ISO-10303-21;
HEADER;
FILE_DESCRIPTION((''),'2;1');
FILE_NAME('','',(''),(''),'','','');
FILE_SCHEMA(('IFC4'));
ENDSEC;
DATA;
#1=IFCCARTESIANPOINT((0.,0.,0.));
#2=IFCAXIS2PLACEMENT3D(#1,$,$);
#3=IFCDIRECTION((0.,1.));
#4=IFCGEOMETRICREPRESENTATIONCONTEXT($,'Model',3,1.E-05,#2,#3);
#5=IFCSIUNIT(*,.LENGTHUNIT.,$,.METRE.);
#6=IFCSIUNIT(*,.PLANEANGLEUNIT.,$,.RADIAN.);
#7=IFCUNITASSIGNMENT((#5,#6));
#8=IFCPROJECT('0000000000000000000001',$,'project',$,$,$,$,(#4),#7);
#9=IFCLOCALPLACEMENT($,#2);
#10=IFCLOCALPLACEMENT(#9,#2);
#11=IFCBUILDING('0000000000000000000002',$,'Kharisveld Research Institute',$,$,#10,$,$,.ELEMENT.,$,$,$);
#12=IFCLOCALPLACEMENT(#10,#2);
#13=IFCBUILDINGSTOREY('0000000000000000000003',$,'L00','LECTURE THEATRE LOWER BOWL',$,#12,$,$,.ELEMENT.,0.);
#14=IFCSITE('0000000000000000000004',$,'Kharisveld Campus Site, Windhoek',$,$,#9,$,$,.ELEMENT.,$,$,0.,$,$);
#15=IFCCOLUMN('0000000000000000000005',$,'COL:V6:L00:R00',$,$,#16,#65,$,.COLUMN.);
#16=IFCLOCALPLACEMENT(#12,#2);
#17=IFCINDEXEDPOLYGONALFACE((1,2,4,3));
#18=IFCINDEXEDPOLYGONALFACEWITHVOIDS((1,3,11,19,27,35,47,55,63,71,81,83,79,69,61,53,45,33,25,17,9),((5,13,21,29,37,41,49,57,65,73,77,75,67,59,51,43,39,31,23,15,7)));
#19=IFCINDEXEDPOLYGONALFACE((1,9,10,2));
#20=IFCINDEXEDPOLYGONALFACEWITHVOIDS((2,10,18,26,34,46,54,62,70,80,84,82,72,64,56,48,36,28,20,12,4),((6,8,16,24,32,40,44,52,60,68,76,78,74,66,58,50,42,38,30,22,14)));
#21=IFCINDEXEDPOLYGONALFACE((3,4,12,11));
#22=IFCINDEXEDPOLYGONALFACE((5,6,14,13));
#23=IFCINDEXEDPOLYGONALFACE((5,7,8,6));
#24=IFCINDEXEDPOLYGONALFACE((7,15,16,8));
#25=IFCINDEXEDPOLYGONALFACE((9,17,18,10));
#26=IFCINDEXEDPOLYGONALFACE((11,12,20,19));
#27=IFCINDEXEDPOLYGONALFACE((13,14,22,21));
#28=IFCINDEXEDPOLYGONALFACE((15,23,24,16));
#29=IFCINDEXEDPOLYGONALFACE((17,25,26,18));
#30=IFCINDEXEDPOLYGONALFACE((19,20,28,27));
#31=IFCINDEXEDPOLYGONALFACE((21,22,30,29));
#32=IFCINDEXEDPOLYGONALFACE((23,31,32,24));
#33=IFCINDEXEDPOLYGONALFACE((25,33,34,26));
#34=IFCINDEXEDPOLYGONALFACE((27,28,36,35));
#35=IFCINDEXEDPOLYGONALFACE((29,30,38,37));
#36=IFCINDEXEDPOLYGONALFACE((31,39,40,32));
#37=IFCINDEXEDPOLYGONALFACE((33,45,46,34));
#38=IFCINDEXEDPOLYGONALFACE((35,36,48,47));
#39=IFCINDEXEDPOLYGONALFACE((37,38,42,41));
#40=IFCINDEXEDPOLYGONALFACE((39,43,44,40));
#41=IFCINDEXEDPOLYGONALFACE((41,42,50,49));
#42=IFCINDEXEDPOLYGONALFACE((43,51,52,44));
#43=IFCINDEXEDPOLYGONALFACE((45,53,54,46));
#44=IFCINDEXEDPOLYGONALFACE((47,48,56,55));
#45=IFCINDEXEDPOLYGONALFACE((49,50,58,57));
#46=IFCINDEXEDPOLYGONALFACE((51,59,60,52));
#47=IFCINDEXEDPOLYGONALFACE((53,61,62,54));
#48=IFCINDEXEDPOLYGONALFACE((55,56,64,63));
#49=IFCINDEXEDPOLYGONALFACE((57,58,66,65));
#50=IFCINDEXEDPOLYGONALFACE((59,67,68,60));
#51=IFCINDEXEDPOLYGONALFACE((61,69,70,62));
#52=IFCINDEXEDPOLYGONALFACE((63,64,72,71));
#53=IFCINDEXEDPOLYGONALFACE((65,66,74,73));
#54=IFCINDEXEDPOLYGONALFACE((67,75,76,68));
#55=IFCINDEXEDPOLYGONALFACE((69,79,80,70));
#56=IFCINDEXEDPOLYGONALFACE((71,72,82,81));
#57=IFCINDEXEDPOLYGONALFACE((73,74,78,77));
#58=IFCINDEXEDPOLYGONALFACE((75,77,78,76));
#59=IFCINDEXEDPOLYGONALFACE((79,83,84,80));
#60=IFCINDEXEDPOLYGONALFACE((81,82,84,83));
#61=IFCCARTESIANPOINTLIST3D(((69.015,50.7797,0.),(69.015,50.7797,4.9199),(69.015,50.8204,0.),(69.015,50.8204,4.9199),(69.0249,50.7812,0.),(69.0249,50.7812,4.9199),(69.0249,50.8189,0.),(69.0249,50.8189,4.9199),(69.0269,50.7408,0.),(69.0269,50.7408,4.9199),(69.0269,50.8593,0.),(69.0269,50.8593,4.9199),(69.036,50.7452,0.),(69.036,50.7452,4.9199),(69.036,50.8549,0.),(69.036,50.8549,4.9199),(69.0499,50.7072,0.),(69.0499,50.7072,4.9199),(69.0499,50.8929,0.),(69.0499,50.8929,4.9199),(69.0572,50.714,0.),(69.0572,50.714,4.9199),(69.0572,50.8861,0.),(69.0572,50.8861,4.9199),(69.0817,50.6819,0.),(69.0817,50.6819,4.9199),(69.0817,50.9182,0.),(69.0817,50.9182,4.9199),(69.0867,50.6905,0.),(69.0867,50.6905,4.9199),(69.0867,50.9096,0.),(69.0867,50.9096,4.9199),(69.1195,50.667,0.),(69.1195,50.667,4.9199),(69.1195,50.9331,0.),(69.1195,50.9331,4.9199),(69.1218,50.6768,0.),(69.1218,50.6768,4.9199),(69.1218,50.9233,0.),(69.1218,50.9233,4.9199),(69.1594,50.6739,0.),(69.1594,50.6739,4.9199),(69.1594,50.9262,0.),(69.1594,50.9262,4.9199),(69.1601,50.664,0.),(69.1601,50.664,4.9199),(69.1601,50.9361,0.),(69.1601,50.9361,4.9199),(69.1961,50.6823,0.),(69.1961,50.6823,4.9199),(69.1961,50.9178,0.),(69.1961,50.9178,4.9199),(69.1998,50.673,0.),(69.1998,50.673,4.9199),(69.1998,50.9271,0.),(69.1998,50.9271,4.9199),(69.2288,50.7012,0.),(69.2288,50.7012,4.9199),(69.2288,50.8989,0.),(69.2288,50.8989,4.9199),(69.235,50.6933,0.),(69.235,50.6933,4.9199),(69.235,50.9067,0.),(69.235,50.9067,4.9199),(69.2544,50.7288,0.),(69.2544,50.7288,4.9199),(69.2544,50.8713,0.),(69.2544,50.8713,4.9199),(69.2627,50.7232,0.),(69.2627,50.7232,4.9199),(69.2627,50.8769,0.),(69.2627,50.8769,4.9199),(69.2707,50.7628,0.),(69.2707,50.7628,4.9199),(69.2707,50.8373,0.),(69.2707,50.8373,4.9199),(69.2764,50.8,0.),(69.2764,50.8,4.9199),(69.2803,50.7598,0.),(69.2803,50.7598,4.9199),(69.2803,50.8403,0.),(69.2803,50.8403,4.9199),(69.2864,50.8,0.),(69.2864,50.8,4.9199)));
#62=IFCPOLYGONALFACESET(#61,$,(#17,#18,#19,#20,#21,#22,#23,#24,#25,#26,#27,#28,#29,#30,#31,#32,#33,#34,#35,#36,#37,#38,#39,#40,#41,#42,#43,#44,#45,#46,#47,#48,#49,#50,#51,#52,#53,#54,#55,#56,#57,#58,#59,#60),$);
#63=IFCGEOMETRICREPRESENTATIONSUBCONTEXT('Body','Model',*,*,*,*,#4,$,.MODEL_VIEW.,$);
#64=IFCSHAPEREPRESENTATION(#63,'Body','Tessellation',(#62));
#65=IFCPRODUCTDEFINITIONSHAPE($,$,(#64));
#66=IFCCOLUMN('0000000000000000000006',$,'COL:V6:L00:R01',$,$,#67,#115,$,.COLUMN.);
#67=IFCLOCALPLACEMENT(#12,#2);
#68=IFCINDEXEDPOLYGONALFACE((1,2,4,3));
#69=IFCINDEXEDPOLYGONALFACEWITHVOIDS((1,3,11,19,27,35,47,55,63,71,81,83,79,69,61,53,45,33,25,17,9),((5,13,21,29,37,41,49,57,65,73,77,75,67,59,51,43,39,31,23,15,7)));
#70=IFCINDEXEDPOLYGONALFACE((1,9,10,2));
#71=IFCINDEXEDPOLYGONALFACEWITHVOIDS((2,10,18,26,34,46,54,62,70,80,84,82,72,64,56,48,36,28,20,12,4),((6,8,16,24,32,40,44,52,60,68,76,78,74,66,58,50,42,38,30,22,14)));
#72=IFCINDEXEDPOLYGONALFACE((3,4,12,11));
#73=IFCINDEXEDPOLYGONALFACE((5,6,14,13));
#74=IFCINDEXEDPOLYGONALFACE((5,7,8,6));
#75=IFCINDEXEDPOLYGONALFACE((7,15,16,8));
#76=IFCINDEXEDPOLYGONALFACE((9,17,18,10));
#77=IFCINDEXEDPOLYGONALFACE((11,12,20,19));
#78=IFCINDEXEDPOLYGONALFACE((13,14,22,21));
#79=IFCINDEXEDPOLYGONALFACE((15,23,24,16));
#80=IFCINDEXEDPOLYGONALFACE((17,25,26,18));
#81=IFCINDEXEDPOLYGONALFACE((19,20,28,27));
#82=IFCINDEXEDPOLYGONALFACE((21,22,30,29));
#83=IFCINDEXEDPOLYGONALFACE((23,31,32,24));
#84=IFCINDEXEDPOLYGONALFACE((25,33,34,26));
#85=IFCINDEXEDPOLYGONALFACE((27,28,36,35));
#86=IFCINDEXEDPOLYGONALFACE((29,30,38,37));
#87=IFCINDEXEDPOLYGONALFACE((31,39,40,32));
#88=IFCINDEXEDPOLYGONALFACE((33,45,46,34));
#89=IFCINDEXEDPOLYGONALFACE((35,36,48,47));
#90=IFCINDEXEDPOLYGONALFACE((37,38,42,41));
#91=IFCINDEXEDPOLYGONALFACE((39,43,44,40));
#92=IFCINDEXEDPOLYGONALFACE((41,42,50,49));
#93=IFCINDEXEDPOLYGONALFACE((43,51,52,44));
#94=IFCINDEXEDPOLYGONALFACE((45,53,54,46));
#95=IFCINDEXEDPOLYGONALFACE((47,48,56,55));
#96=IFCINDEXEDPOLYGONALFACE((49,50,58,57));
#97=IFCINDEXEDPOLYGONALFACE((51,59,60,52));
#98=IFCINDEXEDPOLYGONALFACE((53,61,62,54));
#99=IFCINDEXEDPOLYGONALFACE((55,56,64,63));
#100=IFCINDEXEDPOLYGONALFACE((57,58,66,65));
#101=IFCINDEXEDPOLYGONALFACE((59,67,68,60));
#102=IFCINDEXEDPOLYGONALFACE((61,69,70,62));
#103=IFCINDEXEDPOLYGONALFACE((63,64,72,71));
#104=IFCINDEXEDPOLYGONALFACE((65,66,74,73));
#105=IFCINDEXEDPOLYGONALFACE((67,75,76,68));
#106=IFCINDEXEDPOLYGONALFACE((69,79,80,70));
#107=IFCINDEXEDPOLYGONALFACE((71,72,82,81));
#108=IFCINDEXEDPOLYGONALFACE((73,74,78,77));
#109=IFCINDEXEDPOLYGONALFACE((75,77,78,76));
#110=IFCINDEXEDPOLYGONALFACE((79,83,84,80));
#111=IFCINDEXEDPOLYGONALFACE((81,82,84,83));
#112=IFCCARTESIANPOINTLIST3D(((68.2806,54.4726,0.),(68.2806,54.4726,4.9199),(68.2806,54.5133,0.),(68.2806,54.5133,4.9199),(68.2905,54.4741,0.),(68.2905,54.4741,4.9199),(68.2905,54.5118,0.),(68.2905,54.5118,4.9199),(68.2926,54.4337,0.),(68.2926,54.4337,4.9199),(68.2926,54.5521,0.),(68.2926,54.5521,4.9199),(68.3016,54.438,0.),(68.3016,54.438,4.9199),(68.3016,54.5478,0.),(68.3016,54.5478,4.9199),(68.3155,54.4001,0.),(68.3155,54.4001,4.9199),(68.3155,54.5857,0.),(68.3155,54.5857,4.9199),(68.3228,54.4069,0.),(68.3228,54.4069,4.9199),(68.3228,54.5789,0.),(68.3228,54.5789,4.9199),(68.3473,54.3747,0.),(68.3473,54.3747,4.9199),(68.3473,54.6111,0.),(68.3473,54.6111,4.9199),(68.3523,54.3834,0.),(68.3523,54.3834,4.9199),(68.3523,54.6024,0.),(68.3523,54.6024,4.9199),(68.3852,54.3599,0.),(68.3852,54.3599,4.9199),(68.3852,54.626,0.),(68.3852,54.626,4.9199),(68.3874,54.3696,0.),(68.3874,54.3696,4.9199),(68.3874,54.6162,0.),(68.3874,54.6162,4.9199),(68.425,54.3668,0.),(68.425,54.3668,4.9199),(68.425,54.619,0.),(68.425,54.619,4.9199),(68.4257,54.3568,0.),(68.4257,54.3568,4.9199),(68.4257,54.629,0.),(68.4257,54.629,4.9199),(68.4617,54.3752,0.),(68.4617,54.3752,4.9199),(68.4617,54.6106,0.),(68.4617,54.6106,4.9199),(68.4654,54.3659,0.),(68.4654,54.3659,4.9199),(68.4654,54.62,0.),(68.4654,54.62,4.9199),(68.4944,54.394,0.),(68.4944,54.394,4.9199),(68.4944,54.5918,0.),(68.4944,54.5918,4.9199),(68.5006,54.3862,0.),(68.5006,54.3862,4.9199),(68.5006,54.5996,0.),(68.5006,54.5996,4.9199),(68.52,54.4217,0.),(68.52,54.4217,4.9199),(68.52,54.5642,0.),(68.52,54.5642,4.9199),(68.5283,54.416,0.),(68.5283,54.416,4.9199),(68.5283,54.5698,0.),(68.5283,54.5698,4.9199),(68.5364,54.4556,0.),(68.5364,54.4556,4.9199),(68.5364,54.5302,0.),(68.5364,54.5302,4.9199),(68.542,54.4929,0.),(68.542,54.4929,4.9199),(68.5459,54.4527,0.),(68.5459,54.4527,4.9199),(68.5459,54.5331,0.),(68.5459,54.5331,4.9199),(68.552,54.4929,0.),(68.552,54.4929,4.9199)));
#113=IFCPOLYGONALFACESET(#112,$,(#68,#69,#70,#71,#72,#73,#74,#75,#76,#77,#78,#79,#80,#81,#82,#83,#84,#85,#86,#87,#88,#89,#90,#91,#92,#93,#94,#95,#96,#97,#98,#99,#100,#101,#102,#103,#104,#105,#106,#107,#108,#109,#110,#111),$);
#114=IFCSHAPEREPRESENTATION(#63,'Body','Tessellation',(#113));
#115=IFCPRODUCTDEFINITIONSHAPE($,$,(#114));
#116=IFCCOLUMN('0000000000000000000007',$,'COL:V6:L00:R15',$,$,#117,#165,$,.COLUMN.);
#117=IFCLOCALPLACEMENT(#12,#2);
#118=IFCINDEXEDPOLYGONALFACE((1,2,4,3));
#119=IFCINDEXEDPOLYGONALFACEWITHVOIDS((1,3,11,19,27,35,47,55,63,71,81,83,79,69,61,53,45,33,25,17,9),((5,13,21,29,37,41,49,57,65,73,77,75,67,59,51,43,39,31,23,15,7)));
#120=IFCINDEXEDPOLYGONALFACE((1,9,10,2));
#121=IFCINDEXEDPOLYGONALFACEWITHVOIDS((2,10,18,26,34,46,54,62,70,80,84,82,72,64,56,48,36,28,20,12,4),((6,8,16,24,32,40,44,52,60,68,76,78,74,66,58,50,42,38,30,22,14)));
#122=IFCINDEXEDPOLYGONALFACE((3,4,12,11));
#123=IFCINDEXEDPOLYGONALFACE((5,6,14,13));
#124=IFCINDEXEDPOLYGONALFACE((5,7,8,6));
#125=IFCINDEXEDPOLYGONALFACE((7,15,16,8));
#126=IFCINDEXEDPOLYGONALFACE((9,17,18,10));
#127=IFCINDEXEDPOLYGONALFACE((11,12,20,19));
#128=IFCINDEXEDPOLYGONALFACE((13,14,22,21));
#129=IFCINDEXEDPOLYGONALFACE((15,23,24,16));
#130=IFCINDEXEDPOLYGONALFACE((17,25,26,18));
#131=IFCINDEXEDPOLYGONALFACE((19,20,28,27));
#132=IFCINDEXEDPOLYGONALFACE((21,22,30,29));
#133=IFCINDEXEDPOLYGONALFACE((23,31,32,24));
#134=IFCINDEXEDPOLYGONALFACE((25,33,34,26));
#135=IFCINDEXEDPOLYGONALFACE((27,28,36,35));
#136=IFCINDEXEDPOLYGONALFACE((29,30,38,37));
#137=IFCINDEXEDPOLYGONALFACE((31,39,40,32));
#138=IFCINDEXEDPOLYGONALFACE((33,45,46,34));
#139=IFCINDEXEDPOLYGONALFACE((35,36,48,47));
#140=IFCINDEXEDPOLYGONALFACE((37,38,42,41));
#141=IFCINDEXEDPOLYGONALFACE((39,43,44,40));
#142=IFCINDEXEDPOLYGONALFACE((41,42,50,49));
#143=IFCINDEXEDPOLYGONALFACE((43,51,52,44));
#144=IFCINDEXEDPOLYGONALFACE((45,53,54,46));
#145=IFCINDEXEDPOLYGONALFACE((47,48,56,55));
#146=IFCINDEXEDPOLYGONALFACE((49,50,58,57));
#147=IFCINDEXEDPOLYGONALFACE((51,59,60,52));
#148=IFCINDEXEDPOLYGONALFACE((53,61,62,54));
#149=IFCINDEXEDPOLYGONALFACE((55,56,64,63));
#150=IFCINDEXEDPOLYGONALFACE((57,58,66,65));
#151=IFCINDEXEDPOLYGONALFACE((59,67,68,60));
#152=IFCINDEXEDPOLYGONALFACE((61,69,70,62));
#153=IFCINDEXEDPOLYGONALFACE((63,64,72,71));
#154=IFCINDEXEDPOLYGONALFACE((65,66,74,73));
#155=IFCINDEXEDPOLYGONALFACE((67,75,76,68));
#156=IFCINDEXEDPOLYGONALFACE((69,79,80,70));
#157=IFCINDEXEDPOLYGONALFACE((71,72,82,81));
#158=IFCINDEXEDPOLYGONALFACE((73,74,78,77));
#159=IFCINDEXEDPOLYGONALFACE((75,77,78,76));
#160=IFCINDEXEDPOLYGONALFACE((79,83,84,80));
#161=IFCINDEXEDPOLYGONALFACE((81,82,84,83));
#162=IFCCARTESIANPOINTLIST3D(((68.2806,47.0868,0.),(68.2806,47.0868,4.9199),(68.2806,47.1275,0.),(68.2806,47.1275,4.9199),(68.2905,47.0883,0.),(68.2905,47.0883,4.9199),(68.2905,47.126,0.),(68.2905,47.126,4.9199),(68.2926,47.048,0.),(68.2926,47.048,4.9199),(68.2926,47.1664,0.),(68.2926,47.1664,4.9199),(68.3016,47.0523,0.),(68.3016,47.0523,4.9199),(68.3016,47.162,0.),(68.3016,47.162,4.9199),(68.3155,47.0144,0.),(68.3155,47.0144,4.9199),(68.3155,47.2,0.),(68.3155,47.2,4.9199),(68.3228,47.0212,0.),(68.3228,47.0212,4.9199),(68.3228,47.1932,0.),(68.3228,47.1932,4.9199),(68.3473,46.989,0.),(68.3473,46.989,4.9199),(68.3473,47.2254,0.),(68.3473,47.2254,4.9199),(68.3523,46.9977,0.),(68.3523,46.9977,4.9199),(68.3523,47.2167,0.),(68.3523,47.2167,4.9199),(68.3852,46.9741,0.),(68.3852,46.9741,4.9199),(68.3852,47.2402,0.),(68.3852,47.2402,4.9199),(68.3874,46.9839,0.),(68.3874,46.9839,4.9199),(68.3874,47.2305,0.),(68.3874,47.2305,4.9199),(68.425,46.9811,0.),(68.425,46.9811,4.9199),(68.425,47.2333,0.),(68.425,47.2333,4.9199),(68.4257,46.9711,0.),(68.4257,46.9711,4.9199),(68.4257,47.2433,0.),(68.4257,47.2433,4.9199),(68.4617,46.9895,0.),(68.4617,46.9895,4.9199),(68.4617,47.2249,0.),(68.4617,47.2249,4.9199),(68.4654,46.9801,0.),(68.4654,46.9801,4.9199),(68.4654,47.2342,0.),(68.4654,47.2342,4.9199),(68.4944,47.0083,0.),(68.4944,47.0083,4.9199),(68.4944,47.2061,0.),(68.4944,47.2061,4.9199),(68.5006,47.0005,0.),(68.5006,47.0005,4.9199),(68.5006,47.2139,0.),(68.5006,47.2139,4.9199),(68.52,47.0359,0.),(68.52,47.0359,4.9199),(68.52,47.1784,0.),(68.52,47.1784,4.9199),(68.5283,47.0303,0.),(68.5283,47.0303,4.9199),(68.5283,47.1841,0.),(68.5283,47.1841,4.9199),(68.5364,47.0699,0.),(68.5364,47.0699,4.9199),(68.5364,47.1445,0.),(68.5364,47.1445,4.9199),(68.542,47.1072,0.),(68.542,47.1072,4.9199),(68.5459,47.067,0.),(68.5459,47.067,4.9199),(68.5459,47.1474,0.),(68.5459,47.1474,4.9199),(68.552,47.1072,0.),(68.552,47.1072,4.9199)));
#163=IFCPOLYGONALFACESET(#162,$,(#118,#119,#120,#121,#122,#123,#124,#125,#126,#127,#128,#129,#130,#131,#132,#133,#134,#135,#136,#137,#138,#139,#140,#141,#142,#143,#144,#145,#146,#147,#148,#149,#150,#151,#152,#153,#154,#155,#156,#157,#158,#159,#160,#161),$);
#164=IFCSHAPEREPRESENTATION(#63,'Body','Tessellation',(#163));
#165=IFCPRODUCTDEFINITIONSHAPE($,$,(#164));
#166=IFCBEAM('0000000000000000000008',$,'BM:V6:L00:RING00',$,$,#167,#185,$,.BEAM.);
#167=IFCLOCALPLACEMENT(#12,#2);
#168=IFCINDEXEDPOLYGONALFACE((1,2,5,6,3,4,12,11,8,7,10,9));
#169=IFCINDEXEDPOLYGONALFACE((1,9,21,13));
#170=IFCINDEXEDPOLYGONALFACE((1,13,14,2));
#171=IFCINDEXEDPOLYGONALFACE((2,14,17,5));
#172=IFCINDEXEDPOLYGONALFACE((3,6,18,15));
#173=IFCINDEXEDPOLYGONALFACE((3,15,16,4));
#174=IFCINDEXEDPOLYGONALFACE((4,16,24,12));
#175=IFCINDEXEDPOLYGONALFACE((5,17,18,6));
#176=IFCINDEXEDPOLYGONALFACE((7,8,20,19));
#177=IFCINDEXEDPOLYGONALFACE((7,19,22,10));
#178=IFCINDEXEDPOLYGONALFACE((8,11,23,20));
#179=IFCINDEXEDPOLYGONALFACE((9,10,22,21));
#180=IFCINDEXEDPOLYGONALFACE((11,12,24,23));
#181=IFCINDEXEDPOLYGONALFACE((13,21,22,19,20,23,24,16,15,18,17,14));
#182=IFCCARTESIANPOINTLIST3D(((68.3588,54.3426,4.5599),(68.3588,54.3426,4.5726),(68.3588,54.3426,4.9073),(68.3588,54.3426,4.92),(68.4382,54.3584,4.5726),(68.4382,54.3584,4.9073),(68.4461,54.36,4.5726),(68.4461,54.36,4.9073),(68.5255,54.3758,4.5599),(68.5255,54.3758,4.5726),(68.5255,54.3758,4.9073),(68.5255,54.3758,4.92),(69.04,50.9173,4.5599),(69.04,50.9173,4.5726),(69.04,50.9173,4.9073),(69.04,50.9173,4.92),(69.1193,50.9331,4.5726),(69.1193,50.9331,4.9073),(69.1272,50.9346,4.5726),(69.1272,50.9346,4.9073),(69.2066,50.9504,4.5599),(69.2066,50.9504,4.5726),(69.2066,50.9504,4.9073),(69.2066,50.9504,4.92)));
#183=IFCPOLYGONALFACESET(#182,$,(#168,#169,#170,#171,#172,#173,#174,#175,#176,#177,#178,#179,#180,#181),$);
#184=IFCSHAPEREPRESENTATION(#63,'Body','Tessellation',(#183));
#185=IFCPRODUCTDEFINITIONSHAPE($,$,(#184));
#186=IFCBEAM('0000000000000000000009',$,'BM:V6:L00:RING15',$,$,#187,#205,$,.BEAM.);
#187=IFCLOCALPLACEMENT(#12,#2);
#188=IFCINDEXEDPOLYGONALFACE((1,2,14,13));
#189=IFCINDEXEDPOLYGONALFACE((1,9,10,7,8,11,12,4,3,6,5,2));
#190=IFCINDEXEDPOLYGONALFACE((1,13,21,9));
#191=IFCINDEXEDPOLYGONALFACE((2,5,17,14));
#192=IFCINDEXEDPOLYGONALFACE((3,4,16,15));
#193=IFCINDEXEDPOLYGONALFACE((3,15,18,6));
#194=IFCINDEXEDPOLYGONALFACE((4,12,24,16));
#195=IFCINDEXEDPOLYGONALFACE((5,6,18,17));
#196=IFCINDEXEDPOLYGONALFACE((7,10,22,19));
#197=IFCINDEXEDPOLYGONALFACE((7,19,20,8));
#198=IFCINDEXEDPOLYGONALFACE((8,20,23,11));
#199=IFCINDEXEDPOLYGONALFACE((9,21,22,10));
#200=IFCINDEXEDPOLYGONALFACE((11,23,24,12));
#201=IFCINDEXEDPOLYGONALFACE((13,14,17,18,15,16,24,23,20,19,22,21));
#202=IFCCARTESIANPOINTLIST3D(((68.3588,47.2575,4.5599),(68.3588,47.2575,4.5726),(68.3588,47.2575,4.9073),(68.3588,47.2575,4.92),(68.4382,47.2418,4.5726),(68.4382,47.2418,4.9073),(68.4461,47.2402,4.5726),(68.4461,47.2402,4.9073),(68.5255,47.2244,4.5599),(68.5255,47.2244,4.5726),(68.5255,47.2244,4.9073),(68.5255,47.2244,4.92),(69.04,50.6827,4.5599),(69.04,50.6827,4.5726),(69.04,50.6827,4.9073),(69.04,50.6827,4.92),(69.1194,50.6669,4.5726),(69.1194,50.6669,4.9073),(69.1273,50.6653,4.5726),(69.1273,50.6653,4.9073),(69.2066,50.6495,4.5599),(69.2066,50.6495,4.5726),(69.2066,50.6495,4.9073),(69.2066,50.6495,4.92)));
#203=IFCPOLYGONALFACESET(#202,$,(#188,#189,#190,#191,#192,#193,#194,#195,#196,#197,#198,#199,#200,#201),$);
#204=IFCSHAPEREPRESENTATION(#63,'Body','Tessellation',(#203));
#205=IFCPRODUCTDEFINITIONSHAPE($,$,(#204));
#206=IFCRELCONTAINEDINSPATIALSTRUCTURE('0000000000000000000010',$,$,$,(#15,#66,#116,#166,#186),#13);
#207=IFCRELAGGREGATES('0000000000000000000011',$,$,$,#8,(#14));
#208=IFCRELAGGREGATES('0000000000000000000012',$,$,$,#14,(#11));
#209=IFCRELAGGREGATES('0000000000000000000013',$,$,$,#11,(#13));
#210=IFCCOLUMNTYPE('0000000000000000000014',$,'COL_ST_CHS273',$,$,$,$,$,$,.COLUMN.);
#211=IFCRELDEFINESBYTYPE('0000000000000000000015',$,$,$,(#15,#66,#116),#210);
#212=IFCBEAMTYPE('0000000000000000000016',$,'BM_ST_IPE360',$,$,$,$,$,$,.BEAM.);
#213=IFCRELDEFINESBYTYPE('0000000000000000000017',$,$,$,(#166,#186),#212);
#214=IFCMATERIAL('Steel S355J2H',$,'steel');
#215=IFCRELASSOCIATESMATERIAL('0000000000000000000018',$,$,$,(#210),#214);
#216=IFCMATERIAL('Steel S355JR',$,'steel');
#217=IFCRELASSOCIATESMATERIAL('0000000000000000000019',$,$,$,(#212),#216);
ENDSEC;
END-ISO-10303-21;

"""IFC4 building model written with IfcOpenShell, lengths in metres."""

from ifc_helpers import new_model, si_unit, direction, frame, origin, origin_2d, place, context, subcontext, project, spatial, hollow_circle, i_section, extrude, material, material_profile, profile_set, type_object, element, save


model = new_model("IFC4")

# Units and contexts
model_context = context("Model", 3, precision=1e-05, world=origin(), true_north=direction((0.0, 1.0)))
body_context = subcontext(model_context, "Body", "Model", "MODEL_VIEW")
ifc_project = project(units=[si_unit("LENGTHUNIT", "METRE"), si_unit("PLANEANGLEUNIT", "RADIAN")], contexts=[model_context])

# Site, building, storey
site_placement = place(None, origin())
site = spatial("IfcSite", under=ifc_project, at=site_placement, Name="Kharisveld Campus Site, Windhoek", CompositionType="ELEMENT", RefElevation=0.0)
building_placement = place(site_placement, origin())
building = spatial("IfcBuilding", under=site, at=building_placement, Name="Kharisveld Research Institute", CompositionType="ELEMENT")
storey_placement = place(building_placement, origin())
storey = spatial("IfcBuildingStorey", under=building, at=storey_placement, Name="L00", Description="LECTURE THEATRE LOWER BOWL", CompositionType="ELEMENT", Elevation=0.0)

# Columns
ifc_material_1 = material(Name="Steel S355J2H", Category="steel")
ifc_material_profile_1 = material_profile(ifc_material_1, hollow_circle(Radius=0.1365, WallThickness=0.01, at=origin_2d()))
ifc_profile_set_1 = profile_set([ifc_material_profile_1], Name="Steel S355J2H")
column_type = type_object("IfcColumnType", Name="COL_ST_CHS273", PredefinedType="COLUMN", material=ifc_profile_set_1)
for number, where, z_axis, x_axis, name in (
    (1, (69.1499, 50.8, 0.0), (0.0, 0.0, 1.0), (1.0, 0.0, 0.0), "COL:V6:L00:R00"),
    (2, (68.4155, 54.4929, 0.0), (0.0, 0.0, 1.0), (1.0, 0.0, 0.0), "COL:V6:L00:R01"),
    (3, (68.4155, 47.1072, 0.0), (0.0, 0.0, 1.0), (1.0, 0.0, 0.0), "COL:V6:L00:R15"),
):
    element("IfcColumn", number, at=place(storey_placement, frame(where, z_axis=z_axis, x_axis=x_axis)), inside=storey, type_object=column_type, Name=name, PredefinedType="COLUMN", context=body_context, shape_type="SweptSolid", body=[
        extrude(hollow_circle(Radius=0.1365, WallThickness=0.01, at=origin_2d()), origin(), (0.0, 0.0, 1.0), 4.9199),
    ])

# Beams
ifc_material_2 = material(Name="Steel S355JR", Category="steel")
ifc_material_profile_2 = material_profile(ifc_material_2, i_section(OverallWidth=0.1699, OverallDepth=0.3601, WebThickness=0.0081, FlangeThickness=0.0127, at=origin_2d()))
ifc_profile_set_2 = profile_set([ifc_material_profile_2], Name="Steel S355JR")
beam_type = type_object("IfcBeamType", Name="BM_ST_IPE360", PredefinedType="BEAM", material=ifc_profile_set_2)
beam_1_placement = place(storey_placement, frame((69.1233, 50.9338, 4.74), z_axis=(-0.195041, 0.980795, 0.0), x_axis=(-0.980795, -0.195041, 0.0)))
element("IfcBeam", 4, at=beam_1_placement, inside=storey, type_object=beam_type, Name="BM:V6:L00:RING00", PredefinedType="BEAM", context=body_context, shape_type="SweptSolid", body=[
    extrude(i_section(OverallWidth=0.1699, OverallDepth=0.3601, WebThickness=0.0081, FlangeThickness=0.0127, at=origin_2d()), origin(), (0.0, 0.0, 1.0), 3.4924),
])
beam_2_placement = place(storey_placement, frame((68.4421, 47.241, 4.74), z_axis=(0.195054, 0.980793, 0.0), x_axis=(-0.980793, 0.195054, 0.0)))
element("IfcBeam", 5, at=beam_2_placement, inside=storey, type_object=beam_type, Name="BM:V6:L00:RING15", PredefinedType="BEAM", context=body_context, shape_type="SweptSolid", body=[
    extrude(i_section(OverallWidth=0.1699, OverallDepth=0.3601, WebThickness=0.0081, FlangeThickness=0.0127, at=origin_2d()), origin(), (0.0, 0.0, 1.0), 3.4922),
])

save(model, "model.ifc")
